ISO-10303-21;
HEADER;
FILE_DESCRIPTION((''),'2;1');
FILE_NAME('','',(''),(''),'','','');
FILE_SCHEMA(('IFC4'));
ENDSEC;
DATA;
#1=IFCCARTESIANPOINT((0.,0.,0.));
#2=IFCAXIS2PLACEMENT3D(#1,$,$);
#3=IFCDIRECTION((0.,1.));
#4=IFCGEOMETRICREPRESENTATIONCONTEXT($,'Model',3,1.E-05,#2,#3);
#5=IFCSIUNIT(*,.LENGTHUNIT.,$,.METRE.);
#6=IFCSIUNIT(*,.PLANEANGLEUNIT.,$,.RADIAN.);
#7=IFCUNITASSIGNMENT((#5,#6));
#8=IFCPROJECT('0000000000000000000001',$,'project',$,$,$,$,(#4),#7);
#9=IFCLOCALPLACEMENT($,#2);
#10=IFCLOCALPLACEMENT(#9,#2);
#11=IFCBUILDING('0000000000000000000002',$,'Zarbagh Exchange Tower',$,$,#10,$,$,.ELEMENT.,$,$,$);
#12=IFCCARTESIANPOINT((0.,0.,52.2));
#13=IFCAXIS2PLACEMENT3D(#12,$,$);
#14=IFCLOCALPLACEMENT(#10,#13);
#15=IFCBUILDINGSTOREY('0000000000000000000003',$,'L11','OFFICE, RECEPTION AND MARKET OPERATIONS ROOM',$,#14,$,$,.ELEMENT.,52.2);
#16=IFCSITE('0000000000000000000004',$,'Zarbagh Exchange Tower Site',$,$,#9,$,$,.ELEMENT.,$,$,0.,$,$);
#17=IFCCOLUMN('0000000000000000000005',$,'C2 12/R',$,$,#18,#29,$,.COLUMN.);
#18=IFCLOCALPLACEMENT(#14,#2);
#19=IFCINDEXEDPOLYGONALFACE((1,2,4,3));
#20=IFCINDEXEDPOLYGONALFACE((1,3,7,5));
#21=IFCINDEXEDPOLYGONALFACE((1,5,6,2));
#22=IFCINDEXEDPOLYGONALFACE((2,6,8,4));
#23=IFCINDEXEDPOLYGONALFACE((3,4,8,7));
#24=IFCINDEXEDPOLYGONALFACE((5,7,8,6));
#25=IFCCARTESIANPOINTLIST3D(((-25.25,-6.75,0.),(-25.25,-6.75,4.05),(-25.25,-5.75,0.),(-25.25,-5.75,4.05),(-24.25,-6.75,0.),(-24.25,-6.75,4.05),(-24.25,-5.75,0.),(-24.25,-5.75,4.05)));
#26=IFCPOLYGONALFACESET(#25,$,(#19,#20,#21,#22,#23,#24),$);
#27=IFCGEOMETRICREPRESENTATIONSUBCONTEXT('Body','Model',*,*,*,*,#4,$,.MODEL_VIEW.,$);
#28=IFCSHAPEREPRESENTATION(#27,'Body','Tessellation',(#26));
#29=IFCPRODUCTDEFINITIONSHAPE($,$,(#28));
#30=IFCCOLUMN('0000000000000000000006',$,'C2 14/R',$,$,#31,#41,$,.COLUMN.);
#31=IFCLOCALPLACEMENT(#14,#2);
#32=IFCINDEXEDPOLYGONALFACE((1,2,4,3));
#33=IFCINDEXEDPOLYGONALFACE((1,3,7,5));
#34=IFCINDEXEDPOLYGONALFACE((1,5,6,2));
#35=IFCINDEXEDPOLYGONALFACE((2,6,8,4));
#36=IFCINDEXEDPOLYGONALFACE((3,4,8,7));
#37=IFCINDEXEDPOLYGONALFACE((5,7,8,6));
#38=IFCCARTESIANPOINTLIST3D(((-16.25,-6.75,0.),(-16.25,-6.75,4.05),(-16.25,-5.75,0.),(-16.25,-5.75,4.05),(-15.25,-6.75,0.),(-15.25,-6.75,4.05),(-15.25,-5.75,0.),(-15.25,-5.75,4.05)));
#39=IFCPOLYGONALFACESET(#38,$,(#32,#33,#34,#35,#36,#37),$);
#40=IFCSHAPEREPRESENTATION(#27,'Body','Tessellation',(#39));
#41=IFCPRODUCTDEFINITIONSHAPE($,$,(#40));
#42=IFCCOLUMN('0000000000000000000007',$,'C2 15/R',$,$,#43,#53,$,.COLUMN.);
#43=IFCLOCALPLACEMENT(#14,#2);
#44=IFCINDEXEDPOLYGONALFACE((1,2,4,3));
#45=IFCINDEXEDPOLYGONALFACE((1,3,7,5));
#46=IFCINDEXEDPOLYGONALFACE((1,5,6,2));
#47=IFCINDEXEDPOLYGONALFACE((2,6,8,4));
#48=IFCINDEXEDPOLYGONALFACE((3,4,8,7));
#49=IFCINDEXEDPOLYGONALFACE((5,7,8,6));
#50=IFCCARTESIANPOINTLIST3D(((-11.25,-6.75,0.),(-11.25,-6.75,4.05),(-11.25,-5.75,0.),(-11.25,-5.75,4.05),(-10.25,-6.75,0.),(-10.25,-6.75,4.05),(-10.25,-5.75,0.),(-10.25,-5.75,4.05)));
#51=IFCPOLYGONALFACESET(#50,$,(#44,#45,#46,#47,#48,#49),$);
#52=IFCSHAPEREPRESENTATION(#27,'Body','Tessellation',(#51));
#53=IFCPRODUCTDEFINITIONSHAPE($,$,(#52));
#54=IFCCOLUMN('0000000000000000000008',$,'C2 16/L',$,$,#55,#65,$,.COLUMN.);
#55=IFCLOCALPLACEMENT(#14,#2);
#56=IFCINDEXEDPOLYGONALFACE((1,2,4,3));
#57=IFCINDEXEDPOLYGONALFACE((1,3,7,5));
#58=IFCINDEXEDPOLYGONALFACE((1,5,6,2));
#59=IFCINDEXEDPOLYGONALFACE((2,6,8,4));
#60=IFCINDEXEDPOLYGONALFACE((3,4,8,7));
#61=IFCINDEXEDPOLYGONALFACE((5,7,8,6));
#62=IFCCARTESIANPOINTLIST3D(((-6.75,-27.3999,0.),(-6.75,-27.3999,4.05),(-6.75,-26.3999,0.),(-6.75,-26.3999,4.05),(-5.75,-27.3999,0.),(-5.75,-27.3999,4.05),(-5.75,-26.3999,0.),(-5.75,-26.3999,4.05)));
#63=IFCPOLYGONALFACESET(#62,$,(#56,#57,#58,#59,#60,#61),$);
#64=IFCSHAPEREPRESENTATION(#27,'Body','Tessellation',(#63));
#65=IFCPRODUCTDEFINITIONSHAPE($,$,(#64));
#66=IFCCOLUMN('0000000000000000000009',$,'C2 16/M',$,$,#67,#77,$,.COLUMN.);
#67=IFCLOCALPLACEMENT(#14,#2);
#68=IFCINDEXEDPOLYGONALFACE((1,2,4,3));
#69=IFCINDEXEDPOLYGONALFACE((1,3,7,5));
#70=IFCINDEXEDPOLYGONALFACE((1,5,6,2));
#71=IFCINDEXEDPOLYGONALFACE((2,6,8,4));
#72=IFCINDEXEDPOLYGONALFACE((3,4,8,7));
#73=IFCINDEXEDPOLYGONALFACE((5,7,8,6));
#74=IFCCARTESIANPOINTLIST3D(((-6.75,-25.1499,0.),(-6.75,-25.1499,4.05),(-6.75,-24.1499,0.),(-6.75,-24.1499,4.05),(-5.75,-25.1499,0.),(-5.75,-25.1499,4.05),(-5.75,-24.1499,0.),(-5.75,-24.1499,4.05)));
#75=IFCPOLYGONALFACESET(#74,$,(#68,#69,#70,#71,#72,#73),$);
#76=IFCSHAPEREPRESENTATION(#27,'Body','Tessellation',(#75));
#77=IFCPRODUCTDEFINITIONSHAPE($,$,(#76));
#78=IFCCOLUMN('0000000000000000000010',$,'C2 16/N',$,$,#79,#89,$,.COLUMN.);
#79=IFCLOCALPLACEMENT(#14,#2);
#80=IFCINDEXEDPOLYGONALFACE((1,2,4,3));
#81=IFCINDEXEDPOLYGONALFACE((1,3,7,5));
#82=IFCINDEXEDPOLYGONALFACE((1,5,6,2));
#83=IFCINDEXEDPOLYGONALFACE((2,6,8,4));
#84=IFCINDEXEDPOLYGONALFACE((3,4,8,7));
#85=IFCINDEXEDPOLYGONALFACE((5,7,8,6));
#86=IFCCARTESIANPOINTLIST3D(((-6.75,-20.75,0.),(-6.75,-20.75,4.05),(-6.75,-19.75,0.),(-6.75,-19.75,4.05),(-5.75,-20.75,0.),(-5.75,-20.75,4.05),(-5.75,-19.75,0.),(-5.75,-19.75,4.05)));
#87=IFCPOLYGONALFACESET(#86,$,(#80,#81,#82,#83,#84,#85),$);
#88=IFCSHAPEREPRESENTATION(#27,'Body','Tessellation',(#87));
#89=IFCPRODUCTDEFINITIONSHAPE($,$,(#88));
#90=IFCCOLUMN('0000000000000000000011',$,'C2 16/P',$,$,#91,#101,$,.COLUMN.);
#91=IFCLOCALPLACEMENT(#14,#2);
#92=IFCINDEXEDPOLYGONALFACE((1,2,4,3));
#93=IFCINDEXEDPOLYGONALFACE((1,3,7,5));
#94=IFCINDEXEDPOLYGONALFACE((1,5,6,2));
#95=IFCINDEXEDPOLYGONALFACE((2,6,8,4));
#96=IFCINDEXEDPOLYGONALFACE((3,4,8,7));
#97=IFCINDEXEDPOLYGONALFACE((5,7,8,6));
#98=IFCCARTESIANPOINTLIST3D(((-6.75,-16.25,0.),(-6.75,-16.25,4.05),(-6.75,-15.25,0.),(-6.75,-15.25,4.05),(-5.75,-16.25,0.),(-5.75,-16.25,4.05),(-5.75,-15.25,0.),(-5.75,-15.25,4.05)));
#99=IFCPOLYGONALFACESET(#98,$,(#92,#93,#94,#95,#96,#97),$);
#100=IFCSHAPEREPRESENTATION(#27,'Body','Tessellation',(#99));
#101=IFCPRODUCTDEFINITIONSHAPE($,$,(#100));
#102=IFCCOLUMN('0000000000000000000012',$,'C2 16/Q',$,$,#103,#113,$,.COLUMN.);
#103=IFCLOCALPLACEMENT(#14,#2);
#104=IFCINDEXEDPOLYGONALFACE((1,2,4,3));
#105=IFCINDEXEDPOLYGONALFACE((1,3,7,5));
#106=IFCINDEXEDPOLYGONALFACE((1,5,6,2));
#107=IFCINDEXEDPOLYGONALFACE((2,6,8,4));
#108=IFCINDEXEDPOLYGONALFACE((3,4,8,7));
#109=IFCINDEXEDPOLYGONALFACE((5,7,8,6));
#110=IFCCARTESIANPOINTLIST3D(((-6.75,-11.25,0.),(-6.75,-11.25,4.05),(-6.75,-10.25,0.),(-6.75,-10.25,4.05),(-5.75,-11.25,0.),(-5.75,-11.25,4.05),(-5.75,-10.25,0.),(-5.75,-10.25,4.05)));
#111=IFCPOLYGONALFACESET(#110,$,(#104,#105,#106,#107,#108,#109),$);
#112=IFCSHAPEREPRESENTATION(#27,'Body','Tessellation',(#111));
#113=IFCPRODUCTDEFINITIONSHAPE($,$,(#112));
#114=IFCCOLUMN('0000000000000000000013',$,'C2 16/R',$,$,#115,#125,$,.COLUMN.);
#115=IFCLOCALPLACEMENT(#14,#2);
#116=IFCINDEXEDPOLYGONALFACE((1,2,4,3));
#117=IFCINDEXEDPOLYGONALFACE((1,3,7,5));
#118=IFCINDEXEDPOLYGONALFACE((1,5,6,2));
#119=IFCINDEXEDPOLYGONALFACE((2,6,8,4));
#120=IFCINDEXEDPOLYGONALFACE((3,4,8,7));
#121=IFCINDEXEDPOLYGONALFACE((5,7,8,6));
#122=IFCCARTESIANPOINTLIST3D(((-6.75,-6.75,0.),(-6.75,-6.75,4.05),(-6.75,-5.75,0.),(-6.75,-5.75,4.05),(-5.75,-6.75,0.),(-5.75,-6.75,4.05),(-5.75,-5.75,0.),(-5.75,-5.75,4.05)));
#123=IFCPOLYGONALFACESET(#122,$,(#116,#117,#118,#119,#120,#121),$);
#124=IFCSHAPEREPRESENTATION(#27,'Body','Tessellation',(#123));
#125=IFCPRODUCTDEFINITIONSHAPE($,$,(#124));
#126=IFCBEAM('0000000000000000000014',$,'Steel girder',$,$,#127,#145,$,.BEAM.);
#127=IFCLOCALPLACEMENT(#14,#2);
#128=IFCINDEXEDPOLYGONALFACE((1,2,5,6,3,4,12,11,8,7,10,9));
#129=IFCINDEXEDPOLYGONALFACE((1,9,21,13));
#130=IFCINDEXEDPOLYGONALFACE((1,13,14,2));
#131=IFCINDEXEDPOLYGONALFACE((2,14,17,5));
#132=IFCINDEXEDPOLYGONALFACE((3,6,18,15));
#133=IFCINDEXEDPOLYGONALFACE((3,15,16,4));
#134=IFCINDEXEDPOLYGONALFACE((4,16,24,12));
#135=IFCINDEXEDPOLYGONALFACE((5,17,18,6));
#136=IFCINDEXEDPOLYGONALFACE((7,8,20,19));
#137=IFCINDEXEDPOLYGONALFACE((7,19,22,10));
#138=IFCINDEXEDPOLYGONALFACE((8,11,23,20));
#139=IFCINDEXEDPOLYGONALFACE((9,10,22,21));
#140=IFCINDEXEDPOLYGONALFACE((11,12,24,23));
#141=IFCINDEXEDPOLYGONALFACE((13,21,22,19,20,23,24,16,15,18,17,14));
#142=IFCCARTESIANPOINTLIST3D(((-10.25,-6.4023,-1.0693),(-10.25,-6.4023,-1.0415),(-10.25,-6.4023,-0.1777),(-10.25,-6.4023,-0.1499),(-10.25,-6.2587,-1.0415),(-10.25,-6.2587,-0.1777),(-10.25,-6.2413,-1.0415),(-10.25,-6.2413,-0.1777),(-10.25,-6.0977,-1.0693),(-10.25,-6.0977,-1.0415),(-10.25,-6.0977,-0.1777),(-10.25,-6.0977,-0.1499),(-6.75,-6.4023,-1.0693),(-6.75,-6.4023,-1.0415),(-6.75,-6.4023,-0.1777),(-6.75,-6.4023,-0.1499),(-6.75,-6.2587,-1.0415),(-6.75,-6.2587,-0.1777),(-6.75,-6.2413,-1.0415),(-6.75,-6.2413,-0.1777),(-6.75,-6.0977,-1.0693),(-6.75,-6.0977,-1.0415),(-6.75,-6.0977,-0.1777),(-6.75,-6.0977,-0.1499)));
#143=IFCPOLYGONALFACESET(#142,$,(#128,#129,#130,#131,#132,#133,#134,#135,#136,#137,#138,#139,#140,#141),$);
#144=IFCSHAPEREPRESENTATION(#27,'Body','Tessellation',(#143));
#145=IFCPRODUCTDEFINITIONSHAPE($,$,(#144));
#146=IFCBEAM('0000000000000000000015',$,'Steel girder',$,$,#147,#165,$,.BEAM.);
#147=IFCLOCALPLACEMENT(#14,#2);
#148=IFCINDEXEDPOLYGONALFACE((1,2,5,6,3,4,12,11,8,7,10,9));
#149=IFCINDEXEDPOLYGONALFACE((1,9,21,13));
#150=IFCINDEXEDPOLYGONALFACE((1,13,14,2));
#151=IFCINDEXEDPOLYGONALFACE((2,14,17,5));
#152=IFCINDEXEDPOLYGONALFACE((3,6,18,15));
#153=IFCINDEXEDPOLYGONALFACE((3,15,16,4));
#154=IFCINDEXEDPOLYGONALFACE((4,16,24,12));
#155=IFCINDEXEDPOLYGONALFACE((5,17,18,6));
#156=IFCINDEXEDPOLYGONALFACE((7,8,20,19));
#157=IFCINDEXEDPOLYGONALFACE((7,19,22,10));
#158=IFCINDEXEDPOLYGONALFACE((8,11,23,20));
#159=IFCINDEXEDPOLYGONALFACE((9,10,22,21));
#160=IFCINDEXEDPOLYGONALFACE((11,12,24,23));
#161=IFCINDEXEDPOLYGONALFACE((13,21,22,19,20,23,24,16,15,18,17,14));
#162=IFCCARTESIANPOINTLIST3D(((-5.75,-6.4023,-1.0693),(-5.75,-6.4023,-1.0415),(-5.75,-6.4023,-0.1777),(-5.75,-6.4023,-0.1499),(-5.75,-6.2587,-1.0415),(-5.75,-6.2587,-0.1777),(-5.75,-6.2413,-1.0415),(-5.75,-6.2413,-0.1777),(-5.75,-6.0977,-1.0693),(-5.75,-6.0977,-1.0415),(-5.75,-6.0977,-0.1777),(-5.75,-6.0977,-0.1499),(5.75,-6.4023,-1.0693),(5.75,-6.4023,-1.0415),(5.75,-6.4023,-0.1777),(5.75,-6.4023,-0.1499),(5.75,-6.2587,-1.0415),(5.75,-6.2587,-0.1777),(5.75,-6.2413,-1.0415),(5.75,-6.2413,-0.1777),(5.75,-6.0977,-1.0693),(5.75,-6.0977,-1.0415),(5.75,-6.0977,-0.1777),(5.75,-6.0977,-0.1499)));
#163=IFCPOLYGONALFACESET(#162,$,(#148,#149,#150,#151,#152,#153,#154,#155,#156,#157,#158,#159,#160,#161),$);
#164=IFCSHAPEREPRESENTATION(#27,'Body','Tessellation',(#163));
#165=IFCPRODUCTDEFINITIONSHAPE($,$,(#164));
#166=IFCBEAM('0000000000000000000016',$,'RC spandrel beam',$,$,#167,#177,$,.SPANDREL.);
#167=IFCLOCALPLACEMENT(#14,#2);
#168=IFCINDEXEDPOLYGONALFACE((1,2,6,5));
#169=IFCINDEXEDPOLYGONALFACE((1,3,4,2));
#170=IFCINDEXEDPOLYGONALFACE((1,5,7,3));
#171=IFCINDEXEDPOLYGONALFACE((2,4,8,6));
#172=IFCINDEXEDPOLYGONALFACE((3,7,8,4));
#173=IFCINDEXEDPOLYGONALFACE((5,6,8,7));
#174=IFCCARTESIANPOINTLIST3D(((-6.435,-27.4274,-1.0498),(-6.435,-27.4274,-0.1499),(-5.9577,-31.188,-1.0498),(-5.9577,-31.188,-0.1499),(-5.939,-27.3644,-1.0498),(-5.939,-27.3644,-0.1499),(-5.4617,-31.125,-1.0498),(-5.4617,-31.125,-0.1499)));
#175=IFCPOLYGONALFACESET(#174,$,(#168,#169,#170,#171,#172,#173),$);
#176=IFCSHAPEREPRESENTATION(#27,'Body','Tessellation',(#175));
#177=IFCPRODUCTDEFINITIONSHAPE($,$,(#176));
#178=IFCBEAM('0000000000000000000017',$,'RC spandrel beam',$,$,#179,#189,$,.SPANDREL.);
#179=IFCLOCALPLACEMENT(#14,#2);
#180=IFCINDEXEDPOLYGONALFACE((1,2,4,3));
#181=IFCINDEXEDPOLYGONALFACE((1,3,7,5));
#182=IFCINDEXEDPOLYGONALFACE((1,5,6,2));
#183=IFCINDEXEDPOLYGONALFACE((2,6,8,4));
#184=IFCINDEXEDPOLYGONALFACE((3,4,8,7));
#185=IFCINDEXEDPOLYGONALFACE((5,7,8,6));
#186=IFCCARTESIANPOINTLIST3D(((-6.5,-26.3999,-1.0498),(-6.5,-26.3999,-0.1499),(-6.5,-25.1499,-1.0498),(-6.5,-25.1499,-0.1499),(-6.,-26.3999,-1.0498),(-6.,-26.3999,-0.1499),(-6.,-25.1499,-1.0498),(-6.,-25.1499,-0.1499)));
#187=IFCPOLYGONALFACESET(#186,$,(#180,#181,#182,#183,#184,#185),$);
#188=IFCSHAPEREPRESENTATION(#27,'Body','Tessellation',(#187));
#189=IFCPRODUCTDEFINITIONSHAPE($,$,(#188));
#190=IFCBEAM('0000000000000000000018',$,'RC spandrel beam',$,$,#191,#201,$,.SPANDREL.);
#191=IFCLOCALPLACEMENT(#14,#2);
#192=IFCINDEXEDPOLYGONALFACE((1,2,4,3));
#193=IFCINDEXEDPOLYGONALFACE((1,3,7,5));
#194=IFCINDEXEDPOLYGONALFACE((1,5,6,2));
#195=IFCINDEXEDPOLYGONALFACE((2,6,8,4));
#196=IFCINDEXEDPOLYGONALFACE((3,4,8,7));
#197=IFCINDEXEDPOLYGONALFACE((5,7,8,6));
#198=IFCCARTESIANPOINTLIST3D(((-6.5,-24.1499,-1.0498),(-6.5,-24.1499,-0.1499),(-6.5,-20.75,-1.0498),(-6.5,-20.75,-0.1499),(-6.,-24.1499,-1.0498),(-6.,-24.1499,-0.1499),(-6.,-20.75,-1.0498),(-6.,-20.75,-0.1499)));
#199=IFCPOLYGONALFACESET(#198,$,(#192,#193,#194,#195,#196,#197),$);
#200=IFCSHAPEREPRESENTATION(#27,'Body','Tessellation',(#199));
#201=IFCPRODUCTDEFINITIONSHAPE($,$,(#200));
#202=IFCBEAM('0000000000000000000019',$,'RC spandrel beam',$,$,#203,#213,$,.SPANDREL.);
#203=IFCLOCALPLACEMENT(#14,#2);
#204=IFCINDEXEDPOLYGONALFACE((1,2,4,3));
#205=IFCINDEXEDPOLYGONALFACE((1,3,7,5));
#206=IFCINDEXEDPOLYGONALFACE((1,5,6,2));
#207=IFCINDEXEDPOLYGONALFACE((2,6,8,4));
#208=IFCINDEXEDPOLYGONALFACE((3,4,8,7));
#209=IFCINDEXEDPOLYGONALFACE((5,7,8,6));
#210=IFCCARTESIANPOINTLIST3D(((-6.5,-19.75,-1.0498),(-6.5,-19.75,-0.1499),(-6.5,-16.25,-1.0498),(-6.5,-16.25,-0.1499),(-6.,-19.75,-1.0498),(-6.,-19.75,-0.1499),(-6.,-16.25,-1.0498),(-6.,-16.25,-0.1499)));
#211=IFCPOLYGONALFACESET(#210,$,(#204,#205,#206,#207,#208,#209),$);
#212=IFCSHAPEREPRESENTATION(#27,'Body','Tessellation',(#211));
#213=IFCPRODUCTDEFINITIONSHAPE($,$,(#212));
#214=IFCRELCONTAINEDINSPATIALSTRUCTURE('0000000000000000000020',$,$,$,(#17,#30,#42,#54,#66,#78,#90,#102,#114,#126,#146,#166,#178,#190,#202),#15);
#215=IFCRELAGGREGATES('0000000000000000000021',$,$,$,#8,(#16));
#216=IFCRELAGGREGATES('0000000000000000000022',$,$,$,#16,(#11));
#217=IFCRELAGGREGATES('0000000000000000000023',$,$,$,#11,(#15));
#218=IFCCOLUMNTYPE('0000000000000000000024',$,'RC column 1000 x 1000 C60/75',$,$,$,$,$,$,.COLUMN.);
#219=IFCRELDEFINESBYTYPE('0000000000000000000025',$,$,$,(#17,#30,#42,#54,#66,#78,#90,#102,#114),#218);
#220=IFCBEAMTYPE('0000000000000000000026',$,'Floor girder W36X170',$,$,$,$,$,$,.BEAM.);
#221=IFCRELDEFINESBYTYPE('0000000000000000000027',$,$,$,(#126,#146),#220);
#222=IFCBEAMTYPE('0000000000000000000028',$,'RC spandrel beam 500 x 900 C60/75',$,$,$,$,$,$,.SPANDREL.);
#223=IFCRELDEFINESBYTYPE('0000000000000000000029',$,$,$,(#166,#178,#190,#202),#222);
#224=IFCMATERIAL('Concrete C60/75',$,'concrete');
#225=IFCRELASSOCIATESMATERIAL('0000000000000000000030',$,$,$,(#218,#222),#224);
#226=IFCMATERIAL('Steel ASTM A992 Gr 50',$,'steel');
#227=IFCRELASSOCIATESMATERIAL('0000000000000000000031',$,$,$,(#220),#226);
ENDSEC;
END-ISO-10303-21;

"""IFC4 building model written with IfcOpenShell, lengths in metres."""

from ifc_helpers import new_model, si_unit, direction, frame, origin, origin_2d, place, context, subcontext, project, spatial, rectangle, i_section, extrude, material, material_profile, profile_set, type_object, element, save


model = new_model("IFC4")

# Units and contexts
model_context = context("Model", 3, precision=1e-05, world=origin(), true_north=direction((0.0, 1.0)))
body_context = subcontext(model_context, "Body", "Model", "MODEL_VIEW")
ifc_project = project(units=[si_unit("LENGTHUNIT", "METRE"), si_unit("PLANEANGLEUNIT", "RADIAN")], contexts=[model_context])

# Site, building, storey
site_placement = place(None, origin())
site = spatial("IfcSite", under=ifc_project, at=site_placement, Name="Zarbagh Exchange Tower Site", CompositionType="ELEMENT", RefElevation=0.0)
building_placement = place(site_placement, origin())
building = spatial("IfcBuilding", under=site, at=building_placement, Name="Zarbagh Exchange Tower", CompositionType="ELEMENT")
storey_placement = place(building_placement, frame((0.0, 0.0, 52.2)))
storey = spatial("IfcBuildingStorey", under=building, at=storey_placement, Name="L11", Description="OFFICE, RECEPTION AND MARKET OPERATIONS ROOM", CompositionType="ELEMENT", Elevation=52.2)

# Columns
ifc_material_1 = material(Name="Concrete C60/75", Category="concrete")
ifc_material_profile_1 = material_profile(ifc_material_1, rectangle(XDim=1.0, YDim=1.0, at=origin_2d()), Name="RC column 1000 x 1000 C60/75")
ifc_profile_set_1 = profile_set([ifc_material_profile_1], Name="Concrete C60/75")
column_type = type_object("IfcColumnType", Name="RC column 1000 x 1000 C60/75", PredefinedType="COLUMN", material=ifc_profile_set_1)
for number, where, z_axis, x_axis, name in (
    (1, (-24.75, -6.25, 0.0), (0.0, 0.0, 1.0), (1.0, 0.0, 0.0), "C2 12/R"),
    (2, (-15.75, -6.25, 0.0), (0.0, 0.0, 1.0), (1.0, 0.0, 0.0), "C2 14/R"),
    (3, (-10.75, -6.25, 0.0), (0.0, 0.0, 1.0), (1.0, 0.0, 0.0), "C2 15/R"),
    (4, (-6.25, -26.8999, 0.0), (0.0, 0.0, 1.0), (1.0, 0.0, 0.0), "C2 16/L"),
    (5, (-6.25, -24.6499, 0.0), (0.0, 0.0, 1.0), (1.0, 0.0, 0.0), "C2 16/M"),
    (6, (-6.25, -20.25, 0.0), (0.0, 0.0, 1.0), (1.0, 0.0, 0.0), "C2 16/N"),
    (7, (-6.25, -15.75, 0.0), (0.0, 0.0, 1.0), (1.0, 0.0, 0.0), "C2 16/P"),
    (8, (-6.25, -10.75, 0.0), (0.0, 0.0, 1.0), (1.0, 0.0, 0.0), "C2 16/Q"),
    (9, (-6.25, -6.25, 0.0), (0.0, 0.0, 1.0), (1.0, 0.0, 0.0), "C2 16/R"),
):
    element("IfcColumn", number, at=place(storey_placement, frame(where, z_axis=z_axis, x_axis=x_axis)), inside=storey, type_object=column_type, Name=name, PredefinedType="COLUMN", context=body_context, shape_type="SweptSolid", body=[
        extrude(rectangle(XDim=1.0, YDim=1.0, at=origin_2d()), origin(), (0.0, 0.0, 1.0), 4.05),
    ])

# Beams
ifc_material_2 = material(Name="Steel ASTM A992 Gr 50", Category="steel")
ifc_material_profile_2 = material_profile(ifc_material_2, i_section(OverallWidth=0.3047, OverallDepth=0.9194, WebThickness=0.0173, FlangeThickness=0.0278, at=origin_2d()), Name="W36X170")
ifc_profile_set_2 = profile_set([ifc_material_profile_2], Name="Steel ASTM A992 Gr 50")
beam_type_1 = type_object("IfcBeamType", Name="Floor girder W36X170", PredefinedType="BEAM", material=ifc_profile_set_2)
beam_1_placement = place(storey_placement, frame((-10.25, -6.25, -0.6096), z_axis=(1.0, 0.0, 0.0), x_axis=(0.0, 1.0, 0.0)))
element("IfcBeam", 10, at=beam_1_placement, inside=storey, type_object=beam_type_1, Name="Steel girder", PredefinedType="BEAM", context=body_context, shape_type="SweptSolid", body=[
    extrude(i_section(OverallWidth=0.3047, OverallDepth=0.9194, WebThickness=0.0173, FlangeThickness=0.0278, at=origin_2d()), origin(), (0.0, 0.0, 1.0), 3.5),
])
beam_2_placement = place(storey_placement, frame((-5.75, -6.25, -0.6096), z_axis=(1.0, 0.0, 0.0), x_axis=(0.0, 1.0, 0.0)))
element("IfcBeam", 11, at=beam_2_placement, inside=storey, type_object=beam_type_1, Name="Steel girder", PredefinedType="BEAM", context=body_context, shape_type="SweptSolid", body=[
    extrude(i_section(OverallWidth=0.3047, OverallDepth=0.9194, WebThickness=0.0173, FlangeThickness=0.0278, at=origin_2d()), origin(), (0.0, 0.0, 1.0), 11.5),
])
ifc_material_profile_3 = material_profile(ifc_material_1, rectangle(XDim=0.5, YDim=0.8999, at=origin_2d()), Name="RC spandrel beam 500 x 900 C60/75")
ifc_profile_set_3 = profile_set([ifc_material_profile_3], Name="Concrete C60/75")
beam_type_2 = type_object("IfcBeamType", Name="RC spandrel beam 500 x 900 C60/75", PredefinedType="SPANDREL", material=ifc_profile_set_3)
beam_3_placement = place(storey_placement, frame((-5.7097, -31.1565, -0.5999), z_axis=(-0.125913, 0.992041, 0.0), x_axis=(-0.992041, -0.125913, 0.0)))
element("IfcBeam", 12, at=beam_3_placement, inside=storey, type_object=beam_type_2, Name="RC spandrel beam", PredefinedType="SPANDREL", context=body_context, shape_type="SweptSolid", body=[
    extrude(rectangle(XDim=0.5, YDim=0.8999, at=origin_2d()), origin(), (0.0, 0.0, 1.0), 3.7908),
])
beam_4_placement = place(storey_placement, frame((-6.25, -26.3999, -0.5999), z_axis=(0.0, 1.0, 0.0), x_axis=(-1.0, 0.0, 0.0)))
element("IfcBeam", 13, at=beam_4_placement, inside=storey, type_object=beam_type_2, Name="RC spandrel beam", PredefinedType="SPANDREL", context=body_context, shape_type="SweptSolid", body=[
    extrude(rectangle(XDim=0.5, YDim=0.8999, at=origin_2d()), origin(), (0.0, 0.0, 1.0), 1.25),
])
beam_5_placement = place(storey_placement, frame((-6.25, -24.1499, -0.5999), z_axis=(0.0, 1.0, 0.0), x_axis=(-1.0, 0.0, 0.0)))
element("IfcBeam", 14, at=beam_5_placement, inside=storey, type_object=beam_type_2, Name="RC spandrel beam", PredefinedType="SPANDREL", context=body_context, shape_type="SweptSolid", body=[
    extrude(rectangle(XDim=0.5, YDim=0.8999, at=origin_2d()), origin(), (0.0, 0.0, 1.0), 3.3999),
])
beam_6_placement = place(storey_placement, frame((-6.25, -19.75, -0.5999), z_axis=(0.0, 1.0, 0.0), x_axis=(-1.0, 0.0, 0.0)))
element("IfcBeam", 15, at=beam_6_placement, inside=storey, type_object=beam_type_2, Name="RC spandrel beam", PredefinedType="SPANDREL", context=body_context, shape_type="SweptSolid", body=[
    extrude(rectangle(XDim=0.5, YDim=0.8999, at=origin_2d()), origin(), (0.0, 0.0, 1.0), 3.5),
])

save(model, "model.ifc")
